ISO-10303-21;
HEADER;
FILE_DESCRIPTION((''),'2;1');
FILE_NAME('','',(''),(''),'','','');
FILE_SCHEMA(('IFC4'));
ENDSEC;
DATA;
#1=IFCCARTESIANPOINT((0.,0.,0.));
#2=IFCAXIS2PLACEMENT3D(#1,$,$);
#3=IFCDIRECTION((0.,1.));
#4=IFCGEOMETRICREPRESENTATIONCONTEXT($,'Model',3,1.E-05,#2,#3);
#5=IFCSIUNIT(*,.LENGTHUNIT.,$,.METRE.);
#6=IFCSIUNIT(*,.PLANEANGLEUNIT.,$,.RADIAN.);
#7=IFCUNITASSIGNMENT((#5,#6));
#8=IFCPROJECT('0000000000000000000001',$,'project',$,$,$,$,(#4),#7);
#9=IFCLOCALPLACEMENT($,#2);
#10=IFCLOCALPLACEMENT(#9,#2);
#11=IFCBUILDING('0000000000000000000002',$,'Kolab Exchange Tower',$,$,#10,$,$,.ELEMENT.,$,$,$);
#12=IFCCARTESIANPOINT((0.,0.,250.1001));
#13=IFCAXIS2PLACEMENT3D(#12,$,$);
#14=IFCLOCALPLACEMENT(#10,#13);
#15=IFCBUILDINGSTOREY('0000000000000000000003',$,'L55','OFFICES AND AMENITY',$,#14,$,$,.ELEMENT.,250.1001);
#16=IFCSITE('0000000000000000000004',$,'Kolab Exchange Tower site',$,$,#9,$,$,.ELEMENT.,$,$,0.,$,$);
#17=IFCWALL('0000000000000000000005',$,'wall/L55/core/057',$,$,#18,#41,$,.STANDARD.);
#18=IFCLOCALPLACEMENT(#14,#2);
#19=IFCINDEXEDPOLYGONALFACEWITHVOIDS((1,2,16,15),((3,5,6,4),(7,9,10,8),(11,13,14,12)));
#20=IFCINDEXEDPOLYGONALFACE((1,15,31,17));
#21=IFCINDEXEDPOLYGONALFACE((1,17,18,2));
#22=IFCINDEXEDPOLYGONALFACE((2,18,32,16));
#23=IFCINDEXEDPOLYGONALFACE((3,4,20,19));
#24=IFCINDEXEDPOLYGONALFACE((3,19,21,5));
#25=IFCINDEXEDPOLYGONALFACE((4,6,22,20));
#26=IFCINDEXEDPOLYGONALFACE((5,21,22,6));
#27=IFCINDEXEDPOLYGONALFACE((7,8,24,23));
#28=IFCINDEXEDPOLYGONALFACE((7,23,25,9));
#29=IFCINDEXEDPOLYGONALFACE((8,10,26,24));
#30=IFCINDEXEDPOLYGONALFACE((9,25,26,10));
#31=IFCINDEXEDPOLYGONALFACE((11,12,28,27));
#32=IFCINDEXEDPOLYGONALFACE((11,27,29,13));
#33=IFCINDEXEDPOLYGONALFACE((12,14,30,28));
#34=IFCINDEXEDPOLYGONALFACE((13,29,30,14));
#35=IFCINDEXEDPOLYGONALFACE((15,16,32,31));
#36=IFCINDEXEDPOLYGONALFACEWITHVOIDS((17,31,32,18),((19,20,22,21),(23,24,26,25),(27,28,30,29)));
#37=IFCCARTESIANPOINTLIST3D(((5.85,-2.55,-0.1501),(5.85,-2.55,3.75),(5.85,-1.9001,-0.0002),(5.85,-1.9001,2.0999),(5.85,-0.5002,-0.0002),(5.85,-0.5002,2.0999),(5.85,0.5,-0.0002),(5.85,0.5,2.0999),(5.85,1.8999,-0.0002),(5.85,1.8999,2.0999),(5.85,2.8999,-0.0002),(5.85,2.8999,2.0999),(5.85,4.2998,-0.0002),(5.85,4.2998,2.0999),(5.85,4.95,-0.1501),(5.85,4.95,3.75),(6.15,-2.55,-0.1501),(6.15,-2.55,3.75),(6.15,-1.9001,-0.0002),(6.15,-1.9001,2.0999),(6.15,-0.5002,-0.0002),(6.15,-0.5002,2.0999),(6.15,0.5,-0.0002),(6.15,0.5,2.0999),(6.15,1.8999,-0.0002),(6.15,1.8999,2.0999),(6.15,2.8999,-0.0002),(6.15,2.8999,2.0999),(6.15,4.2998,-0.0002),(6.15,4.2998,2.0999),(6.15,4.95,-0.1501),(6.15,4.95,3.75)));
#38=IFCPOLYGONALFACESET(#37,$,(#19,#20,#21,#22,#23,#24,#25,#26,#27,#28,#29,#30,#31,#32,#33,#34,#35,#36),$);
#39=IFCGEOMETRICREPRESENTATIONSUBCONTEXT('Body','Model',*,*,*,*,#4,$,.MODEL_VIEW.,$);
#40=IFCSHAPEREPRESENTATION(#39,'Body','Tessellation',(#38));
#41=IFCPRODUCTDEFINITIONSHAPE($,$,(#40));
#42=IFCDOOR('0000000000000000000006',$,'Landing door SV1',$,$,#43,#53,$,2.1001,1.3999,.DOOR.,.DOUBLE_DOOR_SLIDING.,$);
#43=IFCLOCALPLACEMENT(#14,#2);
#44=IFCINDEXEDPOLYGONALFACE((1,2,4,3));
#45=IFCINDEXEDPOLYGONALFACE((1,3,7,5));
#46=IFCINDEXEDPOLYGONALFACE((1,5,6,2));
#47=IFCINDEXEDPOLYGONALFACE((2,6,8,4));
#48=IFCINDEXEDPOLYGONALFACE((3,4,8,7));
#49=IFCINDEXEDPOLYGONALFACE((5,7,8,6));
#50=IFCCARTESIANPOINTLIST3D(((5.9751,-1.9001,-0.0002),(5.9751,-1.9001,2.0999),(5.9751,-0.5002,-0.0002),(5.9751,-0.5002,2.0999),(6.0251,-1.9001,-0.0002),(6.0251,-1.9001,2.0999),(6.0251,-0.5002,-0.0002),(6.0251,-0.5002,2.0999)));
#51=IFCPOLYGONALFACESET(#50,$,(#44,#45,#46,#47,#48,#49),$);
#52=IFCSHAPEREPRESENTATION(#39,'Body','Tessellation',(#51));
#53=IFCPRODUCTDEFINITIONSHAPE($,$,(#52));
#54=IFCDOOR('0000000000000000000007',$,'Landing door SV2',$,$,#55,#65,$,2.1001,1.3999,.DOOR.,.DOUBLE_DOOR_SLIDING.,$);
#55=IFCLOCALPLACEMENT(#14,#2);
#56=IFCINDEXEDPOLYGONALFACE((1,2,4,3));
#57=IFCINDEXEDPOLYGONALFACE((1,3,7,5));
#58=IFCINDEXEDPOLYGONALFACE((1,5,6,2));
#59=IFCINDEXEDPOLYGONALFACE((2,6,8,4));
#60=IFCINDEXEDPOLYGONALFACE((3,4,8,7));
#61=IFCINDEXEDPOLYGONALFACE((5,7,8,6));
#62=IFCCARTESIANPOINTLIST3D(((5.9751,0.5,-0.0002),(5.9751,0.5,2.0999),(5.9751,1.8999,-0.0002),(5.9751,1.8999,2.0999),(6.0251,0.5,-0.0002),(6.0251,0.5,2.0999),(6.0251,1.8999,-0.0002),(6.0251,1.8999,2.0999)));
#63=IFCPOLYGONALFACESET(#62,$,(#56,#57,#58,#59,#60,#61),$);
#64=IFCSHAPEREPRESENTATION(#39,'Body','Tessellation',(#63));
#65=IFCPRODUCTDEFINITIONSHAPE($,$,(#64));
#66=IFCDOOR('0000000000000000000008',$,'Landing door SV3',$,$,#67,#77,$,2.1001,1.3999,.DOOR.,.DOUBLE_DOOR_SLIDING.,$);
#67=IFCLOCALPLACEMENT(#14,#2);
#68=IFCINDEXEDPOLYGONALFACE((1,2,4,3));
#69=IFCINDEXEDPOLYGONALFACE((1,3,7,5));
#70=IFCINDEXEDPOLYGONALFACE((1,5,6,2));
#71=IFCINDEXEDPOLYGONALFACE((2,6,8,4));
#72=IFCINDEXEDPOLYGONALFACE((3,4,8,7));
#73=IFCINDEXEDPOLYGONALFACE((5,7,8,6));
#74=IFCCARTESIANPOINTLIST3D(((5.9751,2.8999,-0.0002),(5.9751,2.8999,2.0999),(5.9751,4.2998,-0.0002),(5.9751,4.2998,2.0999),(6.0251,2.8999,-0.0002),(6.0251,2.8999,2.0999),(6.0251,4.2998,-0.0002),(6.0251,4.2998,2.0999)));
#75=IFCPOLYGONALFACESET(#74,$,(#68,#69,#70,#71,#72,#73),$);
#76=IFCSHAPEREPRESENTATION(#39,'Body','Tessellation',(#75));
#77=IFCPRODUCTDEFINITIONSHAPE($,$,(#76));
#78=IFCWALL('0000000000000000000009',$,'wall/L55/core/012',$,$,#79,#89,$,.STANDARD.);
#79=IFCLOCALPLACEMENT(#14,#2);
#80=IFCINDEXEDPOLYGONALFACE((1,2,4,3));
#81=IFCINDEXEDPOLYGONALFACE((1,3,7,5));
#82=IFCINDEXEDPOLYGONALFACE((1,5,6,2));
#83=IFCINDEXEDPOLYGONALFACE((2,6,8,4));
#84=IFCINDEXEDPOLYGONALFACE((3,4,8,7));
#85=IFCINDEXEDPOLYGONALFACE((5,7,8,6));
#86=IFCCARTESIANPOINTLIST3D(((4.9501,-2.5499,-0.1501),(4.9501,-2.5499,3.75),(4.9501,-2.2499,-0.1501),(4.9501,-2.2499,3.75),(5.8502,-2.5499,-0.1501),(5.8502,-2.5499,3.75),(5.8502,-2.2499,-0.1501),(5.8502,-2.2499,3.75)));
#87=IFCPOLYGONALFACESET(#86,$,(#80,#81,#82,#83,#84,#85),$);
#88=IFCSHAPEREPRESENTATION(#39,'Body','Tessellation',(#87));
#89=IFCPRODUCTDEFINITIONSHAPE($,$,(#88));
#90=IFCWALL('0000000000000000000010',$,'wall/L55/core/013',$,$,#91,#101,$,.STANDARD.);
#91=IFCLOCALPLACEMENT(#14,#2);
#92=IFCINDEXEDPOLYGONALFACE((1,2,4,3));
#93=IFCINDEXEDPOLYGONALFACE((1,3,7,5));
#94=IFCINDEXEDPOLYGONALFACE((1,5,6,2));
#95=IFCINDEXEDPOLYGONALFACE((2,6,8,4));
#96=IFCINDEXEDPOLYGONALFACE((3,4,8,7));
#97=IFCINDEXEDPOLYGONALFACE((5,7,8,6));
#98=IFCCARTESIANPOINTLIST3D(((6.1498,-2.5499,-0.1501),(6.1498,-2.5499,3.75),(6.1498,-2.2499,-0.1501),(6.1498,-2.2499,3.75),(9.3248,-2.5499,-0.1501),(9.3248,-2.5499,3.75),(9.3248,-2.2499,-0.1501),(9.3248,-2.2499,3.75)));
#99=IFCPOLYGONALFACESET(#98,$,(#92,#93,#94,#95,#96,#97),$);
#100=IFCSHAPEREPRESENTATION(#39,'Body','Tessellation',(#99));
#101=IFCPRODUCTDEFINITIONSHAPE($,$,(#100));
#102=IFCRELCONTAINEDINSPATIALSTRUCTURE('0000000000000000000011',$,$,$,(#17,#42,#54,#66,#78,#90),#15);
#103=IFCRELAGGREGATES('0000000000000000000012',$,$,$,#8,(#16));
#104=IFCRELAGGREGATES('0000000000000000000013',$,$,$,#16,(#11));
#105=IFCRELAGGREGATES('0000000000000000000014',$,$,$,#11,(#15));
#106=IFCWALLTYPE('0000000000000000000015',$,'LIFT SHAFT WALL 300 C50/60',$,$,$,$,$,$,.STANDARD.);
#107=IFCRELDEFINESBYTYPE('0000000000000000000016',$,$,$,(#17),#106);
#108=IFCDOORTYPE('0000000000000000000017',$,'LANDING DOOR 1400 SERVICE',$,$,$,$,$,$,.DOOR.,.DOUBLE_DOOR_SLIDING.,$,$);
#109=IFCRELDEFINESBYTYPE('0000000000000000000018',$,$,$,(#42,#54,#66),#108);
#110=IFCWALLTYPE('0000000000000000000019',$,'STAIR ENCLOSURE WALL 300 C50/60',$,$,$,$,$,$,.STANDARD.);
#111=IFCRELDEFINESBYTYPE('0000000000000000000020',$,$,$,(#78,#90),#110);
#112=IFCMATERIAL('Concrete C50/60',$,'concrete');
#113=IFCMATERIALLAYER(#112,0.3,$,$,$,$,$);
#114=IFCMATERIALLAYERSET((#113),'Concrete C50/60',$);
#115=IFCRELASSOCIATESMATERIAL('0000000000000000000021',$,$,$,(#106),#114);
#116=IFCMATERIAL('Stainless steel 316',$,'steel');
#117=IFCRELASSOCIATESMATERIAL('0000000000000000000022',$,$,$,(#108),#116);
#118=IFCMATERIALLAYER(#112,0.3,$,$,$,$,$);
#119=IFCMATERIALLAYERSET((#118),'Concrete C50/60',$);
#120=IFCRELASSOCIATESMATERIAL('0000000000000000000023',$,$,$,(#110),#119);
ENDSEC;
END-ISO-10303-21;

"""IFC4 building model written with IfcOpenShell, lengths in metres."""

from ifc_helpers import new_model, si_unit, direction, frame, frame_2d, origin, place, context, subcontext, project, spatial, rectangle, extrude, material, layer, layer_set, type_object, element, fill, save


model = new_model("IFC4")

# Units and contexts
model_context = context("Model", 3, precision=1e-05, world=origin(), true_north=direction((0.0, 1.0)))
body_context = subcontext(model_context, "Body", "Model", "MODEL_VIEW")
ifc_project = project(units=[si_unit("LENGTHUNIT", "METRE"), si_unit("PLANEANGLEUNIT", "RADIAN")], contexts=[model_context])

# Site, building, storey
site_placement = place(None, origin())
site = spatial("IfcSite", under=ifc_project, at=site_placement, Name="Kolab Exchange Tower site", CompositionType="ELEMENT", RefElevation=0.0)
building_placement = place(site_placement, origin())
building = spatial("IfcBuilding", under=site, at=building_placement, Name="Kolab Exchange Tower", CompositionType="ELEMENT")
storey_placement = place(building_placement, frame((0.0, 0.0, 250.1001)))
storey = spatial("IfcBuildingStorey", under=building, at=storey_placement, Name="L55", Description="OFFICES AND AMENITY", CompositionType="ELEMENT", Elevation=250.1001)

# Shared definitions
ifc_material_1 = material(Name="Concrete C50/60", Category="concrete")
ifc_layer_1 = layer(ifc_material_1, 0.3)
ifc_layer_set_1 = layer_set([ifc_layer_1], Name="Concrete C50/60")
wall_type_1 = type_object("IfcWallType", Name="LIFT SHAFT WALL 300 C50/60", PredefinedType="STANDARD", material=ifc_layer_set_1)
ifc_material_2 = material(Name="Stainless steel 316", Category="steel")

# Wall, openings, doors
wall_1_placement = place(storey_placement, frame((6.0, -2.55, -0.1501), z_axis=(0.0, 0.0, 1.0), x_axis=(0.0, 1.0, 0.0)))
wall_1 = element("IfcWall", 1, at=wall_1_placement, inside=storey, type_object=wall_type_1, Name="wall/L55/core/057", PredefinedType="STANDARD", context=body_context, shape_type="SweptSolid", body=[
    extrude(rectangle(XDim=7.5, YDim=0.3, at=frame_2d((3.75, 0.0))), origin(), (0.0, 0.0, 1.0), 3.9001),
])
opening_1_placement = place(wall_1_placement, frame((0.6499, 0.0, 0.1499)))
opening_1 = element("IfcOpeningElement", 2, at=opening_1_placement, cuts=wall_1, PredefinedType="OPENING", context=body_context, shape_type="SweptSolid", body=[
    extrude(rectangle(XDim=1.3999, YDim=2.1001, at=frame_2d((0.7, 1.05))), frame((0.0, 0.1602, 0.0), z_axis=(0.0, -1.0, 0.0), x_axis=(1.0, 0.0, 0.0)), (0.0, 0.0, 1.0), 0.3201),
])
opening_2_placement = place(wall_1_placement, frame((3.05, 0.0, 0.1499)))
opening_2 = element("IfcOpeningElement", 3, at=opening_2_placement, cuts=wall_1, PredefinedType="OPENING", context=body_context, shape_type="SweptSolid", body=[
    extrude(rectangle(XDim=1.3999, YDim=2.1001, at=frame_2d((0.7, 1.05))), frame((0.0, 0.1602, 0.0), z_axis=(0.0, -1.0, 0.0), x_axis=(1.0, 0.0, 0.0)), (0.0, 0.0, 1.0), 0.3201),
])
opening_3_placement = place(wall_1_placement, frame((5.45, 0.0, 0.1499)))
opening_3 = element("IfcOpeningElement", 4, at=opening_3_placement, cuts=wall_1, PredefinedType="OPENING", context=body_context, shape_type="SweptSolid", body=[
    extrude(rectangle(XDim=1.3999, YDim=2.1001, at=frame_2d((0.7, 1.05))), frame((0.0, 0.1602, 0.0), z_axis=(0.0, -1.0, 0.0), x_axis=(1.0, 0.0, 0.0)), (0.0, 0.0, 1.0), 0.3201),
])
door_type_1 = type_object("IfcDoorType", Name="LANDING DOOR 1400 SERVICE", OperationType="DOUBLE_DOOR_SLIDING", PredefinedType="DOOR", material=ifc_material_2)
door_1_placement = place(opening_1_placement, origin())
door_1 = element("IfcDoor", 5, at=door_1_placement, inside=storey, type_object=door_type_1, Name="Landing door SV1", OperationType="DOUBLE_DOOR_SLIDING", OverallHeight=2.1001, OverallWidth=1.3999, PredefinedType="DOOR", context=body_context, shape_type="SweptSolid", body=[
    extrude(rectangle(XDim=1.3999, YDim=2.1001, at=frame_2d((0.7, 1.05))), frame((0.0, 0.0249, 0.0), z_axis=(0.0, -1.0, 0.0), x_axis=(1.0, 0.0, 0.0)), (0.0, 0.0, 1.0), 0.05),
])
fill(opening_1, door_1)
door_2_placement = place(opening_2_placement, origin())
door_2 = element("IfcDoor", 6, at=door_2_placement, inside=storey, type_object=door_type_1, Name="Landing door SV2", OperationType="DOUBLE_DOOR_SLIDING", OverallHeight=2.1001, OverallWidth=1.3999, PredefinedType="DOOR", context=body_context, shape_type="SweptSolid", body=[
    extrude(rectangle(XDim=1.3999, YDim=2.1001, at=frame_2d((0.7, 1.05))), frame((0.0, 0.0249, 0.0), z_axis=(0.0, -1.0, 0.0), x_axis=(1.0, 0.0, 0.0)), (0.0, 0.0, 1.0), 0.05),
])
fill(opening_2, door_2)
door_3_placement = place(opening_3_placement, origin())
door_3 = element("IfcDoor", 7, at=door_3_placement, inside=storey, type_object=door_type_1, Name="Landing door SV3", OperationType="DOUBLE_DOOR_SLIDING", OverallHeight=2.1001, OverallWidth=1.3999, PredefinedType="DOOR", context=body_context, shape_type="SweptSolid", body=[
    extrude(rectangle(XDim=1.3999, YDim=2.1001, at=frame_2d((0.7, 1.05))), frame((0.0, 0.0249, 0.0), z_axis=(0.0, -1.0, 0.0), x_axis=(1.0, 0.0, 0.0)), (0.0, 0.0, 1.0), 0.05),
])
fill(opening_3, door_3)

# Walls
ifc_layer_2 = layer(ifc_material_1, 0.3)
ifc_layer_set_2 = layer_set([ifc_layer_2], Name="Concrete C50/60")
wall_type_2 = type_object("IfcWallType", Name="STAIR ENCLOSURE WALL 300 C50/60", PredefinedType="STANDARD", material=ifc_layer_set_2)
wall_2_placement = place(storey_placement, frame((4.95, -2.3999, -0.1501), z_axis=(0.0, 0.0, 1.0), x_axis=(1.0, 0.0, 0.0)))
element("IfcWall", 8, at=wall_2_placement, inside=storey, type_object=wall_type_2, Name="wall/L55/core/012", PredefinedType="STANDARD", context=body_context, shape_type="SweptSolid", body=[
    extrude(rectangle(XDim=0.9001, YDim=0.3, at=frame_2d((0.4502, 0.0))), origin(), (0.0, 0.0, 1.0), 3.9001),
])
wall_3_placement = place(storey_placement, frame((6.1499, -2.3999, -0.1501), z_axis=(0.0, 0.0, 1.0), x_axis=(1.0, 0.0, 0.0)))
element("IfcWall", 9, at=wall_3_placement, inside=storey, type_object=wall_type_2, Name="wall/L55/core/013", PredefinedType="STANDARD", context=body_context, shape_type="SweptSolid", body=[
    extrude(rectangle(XDim=3.175, YDim=0.3, at=frame_2d((1.5874, 0.0))), origin(), (0.0, 0.0, 1.0), 3.9001),
])

save(model, "model.ifc")
